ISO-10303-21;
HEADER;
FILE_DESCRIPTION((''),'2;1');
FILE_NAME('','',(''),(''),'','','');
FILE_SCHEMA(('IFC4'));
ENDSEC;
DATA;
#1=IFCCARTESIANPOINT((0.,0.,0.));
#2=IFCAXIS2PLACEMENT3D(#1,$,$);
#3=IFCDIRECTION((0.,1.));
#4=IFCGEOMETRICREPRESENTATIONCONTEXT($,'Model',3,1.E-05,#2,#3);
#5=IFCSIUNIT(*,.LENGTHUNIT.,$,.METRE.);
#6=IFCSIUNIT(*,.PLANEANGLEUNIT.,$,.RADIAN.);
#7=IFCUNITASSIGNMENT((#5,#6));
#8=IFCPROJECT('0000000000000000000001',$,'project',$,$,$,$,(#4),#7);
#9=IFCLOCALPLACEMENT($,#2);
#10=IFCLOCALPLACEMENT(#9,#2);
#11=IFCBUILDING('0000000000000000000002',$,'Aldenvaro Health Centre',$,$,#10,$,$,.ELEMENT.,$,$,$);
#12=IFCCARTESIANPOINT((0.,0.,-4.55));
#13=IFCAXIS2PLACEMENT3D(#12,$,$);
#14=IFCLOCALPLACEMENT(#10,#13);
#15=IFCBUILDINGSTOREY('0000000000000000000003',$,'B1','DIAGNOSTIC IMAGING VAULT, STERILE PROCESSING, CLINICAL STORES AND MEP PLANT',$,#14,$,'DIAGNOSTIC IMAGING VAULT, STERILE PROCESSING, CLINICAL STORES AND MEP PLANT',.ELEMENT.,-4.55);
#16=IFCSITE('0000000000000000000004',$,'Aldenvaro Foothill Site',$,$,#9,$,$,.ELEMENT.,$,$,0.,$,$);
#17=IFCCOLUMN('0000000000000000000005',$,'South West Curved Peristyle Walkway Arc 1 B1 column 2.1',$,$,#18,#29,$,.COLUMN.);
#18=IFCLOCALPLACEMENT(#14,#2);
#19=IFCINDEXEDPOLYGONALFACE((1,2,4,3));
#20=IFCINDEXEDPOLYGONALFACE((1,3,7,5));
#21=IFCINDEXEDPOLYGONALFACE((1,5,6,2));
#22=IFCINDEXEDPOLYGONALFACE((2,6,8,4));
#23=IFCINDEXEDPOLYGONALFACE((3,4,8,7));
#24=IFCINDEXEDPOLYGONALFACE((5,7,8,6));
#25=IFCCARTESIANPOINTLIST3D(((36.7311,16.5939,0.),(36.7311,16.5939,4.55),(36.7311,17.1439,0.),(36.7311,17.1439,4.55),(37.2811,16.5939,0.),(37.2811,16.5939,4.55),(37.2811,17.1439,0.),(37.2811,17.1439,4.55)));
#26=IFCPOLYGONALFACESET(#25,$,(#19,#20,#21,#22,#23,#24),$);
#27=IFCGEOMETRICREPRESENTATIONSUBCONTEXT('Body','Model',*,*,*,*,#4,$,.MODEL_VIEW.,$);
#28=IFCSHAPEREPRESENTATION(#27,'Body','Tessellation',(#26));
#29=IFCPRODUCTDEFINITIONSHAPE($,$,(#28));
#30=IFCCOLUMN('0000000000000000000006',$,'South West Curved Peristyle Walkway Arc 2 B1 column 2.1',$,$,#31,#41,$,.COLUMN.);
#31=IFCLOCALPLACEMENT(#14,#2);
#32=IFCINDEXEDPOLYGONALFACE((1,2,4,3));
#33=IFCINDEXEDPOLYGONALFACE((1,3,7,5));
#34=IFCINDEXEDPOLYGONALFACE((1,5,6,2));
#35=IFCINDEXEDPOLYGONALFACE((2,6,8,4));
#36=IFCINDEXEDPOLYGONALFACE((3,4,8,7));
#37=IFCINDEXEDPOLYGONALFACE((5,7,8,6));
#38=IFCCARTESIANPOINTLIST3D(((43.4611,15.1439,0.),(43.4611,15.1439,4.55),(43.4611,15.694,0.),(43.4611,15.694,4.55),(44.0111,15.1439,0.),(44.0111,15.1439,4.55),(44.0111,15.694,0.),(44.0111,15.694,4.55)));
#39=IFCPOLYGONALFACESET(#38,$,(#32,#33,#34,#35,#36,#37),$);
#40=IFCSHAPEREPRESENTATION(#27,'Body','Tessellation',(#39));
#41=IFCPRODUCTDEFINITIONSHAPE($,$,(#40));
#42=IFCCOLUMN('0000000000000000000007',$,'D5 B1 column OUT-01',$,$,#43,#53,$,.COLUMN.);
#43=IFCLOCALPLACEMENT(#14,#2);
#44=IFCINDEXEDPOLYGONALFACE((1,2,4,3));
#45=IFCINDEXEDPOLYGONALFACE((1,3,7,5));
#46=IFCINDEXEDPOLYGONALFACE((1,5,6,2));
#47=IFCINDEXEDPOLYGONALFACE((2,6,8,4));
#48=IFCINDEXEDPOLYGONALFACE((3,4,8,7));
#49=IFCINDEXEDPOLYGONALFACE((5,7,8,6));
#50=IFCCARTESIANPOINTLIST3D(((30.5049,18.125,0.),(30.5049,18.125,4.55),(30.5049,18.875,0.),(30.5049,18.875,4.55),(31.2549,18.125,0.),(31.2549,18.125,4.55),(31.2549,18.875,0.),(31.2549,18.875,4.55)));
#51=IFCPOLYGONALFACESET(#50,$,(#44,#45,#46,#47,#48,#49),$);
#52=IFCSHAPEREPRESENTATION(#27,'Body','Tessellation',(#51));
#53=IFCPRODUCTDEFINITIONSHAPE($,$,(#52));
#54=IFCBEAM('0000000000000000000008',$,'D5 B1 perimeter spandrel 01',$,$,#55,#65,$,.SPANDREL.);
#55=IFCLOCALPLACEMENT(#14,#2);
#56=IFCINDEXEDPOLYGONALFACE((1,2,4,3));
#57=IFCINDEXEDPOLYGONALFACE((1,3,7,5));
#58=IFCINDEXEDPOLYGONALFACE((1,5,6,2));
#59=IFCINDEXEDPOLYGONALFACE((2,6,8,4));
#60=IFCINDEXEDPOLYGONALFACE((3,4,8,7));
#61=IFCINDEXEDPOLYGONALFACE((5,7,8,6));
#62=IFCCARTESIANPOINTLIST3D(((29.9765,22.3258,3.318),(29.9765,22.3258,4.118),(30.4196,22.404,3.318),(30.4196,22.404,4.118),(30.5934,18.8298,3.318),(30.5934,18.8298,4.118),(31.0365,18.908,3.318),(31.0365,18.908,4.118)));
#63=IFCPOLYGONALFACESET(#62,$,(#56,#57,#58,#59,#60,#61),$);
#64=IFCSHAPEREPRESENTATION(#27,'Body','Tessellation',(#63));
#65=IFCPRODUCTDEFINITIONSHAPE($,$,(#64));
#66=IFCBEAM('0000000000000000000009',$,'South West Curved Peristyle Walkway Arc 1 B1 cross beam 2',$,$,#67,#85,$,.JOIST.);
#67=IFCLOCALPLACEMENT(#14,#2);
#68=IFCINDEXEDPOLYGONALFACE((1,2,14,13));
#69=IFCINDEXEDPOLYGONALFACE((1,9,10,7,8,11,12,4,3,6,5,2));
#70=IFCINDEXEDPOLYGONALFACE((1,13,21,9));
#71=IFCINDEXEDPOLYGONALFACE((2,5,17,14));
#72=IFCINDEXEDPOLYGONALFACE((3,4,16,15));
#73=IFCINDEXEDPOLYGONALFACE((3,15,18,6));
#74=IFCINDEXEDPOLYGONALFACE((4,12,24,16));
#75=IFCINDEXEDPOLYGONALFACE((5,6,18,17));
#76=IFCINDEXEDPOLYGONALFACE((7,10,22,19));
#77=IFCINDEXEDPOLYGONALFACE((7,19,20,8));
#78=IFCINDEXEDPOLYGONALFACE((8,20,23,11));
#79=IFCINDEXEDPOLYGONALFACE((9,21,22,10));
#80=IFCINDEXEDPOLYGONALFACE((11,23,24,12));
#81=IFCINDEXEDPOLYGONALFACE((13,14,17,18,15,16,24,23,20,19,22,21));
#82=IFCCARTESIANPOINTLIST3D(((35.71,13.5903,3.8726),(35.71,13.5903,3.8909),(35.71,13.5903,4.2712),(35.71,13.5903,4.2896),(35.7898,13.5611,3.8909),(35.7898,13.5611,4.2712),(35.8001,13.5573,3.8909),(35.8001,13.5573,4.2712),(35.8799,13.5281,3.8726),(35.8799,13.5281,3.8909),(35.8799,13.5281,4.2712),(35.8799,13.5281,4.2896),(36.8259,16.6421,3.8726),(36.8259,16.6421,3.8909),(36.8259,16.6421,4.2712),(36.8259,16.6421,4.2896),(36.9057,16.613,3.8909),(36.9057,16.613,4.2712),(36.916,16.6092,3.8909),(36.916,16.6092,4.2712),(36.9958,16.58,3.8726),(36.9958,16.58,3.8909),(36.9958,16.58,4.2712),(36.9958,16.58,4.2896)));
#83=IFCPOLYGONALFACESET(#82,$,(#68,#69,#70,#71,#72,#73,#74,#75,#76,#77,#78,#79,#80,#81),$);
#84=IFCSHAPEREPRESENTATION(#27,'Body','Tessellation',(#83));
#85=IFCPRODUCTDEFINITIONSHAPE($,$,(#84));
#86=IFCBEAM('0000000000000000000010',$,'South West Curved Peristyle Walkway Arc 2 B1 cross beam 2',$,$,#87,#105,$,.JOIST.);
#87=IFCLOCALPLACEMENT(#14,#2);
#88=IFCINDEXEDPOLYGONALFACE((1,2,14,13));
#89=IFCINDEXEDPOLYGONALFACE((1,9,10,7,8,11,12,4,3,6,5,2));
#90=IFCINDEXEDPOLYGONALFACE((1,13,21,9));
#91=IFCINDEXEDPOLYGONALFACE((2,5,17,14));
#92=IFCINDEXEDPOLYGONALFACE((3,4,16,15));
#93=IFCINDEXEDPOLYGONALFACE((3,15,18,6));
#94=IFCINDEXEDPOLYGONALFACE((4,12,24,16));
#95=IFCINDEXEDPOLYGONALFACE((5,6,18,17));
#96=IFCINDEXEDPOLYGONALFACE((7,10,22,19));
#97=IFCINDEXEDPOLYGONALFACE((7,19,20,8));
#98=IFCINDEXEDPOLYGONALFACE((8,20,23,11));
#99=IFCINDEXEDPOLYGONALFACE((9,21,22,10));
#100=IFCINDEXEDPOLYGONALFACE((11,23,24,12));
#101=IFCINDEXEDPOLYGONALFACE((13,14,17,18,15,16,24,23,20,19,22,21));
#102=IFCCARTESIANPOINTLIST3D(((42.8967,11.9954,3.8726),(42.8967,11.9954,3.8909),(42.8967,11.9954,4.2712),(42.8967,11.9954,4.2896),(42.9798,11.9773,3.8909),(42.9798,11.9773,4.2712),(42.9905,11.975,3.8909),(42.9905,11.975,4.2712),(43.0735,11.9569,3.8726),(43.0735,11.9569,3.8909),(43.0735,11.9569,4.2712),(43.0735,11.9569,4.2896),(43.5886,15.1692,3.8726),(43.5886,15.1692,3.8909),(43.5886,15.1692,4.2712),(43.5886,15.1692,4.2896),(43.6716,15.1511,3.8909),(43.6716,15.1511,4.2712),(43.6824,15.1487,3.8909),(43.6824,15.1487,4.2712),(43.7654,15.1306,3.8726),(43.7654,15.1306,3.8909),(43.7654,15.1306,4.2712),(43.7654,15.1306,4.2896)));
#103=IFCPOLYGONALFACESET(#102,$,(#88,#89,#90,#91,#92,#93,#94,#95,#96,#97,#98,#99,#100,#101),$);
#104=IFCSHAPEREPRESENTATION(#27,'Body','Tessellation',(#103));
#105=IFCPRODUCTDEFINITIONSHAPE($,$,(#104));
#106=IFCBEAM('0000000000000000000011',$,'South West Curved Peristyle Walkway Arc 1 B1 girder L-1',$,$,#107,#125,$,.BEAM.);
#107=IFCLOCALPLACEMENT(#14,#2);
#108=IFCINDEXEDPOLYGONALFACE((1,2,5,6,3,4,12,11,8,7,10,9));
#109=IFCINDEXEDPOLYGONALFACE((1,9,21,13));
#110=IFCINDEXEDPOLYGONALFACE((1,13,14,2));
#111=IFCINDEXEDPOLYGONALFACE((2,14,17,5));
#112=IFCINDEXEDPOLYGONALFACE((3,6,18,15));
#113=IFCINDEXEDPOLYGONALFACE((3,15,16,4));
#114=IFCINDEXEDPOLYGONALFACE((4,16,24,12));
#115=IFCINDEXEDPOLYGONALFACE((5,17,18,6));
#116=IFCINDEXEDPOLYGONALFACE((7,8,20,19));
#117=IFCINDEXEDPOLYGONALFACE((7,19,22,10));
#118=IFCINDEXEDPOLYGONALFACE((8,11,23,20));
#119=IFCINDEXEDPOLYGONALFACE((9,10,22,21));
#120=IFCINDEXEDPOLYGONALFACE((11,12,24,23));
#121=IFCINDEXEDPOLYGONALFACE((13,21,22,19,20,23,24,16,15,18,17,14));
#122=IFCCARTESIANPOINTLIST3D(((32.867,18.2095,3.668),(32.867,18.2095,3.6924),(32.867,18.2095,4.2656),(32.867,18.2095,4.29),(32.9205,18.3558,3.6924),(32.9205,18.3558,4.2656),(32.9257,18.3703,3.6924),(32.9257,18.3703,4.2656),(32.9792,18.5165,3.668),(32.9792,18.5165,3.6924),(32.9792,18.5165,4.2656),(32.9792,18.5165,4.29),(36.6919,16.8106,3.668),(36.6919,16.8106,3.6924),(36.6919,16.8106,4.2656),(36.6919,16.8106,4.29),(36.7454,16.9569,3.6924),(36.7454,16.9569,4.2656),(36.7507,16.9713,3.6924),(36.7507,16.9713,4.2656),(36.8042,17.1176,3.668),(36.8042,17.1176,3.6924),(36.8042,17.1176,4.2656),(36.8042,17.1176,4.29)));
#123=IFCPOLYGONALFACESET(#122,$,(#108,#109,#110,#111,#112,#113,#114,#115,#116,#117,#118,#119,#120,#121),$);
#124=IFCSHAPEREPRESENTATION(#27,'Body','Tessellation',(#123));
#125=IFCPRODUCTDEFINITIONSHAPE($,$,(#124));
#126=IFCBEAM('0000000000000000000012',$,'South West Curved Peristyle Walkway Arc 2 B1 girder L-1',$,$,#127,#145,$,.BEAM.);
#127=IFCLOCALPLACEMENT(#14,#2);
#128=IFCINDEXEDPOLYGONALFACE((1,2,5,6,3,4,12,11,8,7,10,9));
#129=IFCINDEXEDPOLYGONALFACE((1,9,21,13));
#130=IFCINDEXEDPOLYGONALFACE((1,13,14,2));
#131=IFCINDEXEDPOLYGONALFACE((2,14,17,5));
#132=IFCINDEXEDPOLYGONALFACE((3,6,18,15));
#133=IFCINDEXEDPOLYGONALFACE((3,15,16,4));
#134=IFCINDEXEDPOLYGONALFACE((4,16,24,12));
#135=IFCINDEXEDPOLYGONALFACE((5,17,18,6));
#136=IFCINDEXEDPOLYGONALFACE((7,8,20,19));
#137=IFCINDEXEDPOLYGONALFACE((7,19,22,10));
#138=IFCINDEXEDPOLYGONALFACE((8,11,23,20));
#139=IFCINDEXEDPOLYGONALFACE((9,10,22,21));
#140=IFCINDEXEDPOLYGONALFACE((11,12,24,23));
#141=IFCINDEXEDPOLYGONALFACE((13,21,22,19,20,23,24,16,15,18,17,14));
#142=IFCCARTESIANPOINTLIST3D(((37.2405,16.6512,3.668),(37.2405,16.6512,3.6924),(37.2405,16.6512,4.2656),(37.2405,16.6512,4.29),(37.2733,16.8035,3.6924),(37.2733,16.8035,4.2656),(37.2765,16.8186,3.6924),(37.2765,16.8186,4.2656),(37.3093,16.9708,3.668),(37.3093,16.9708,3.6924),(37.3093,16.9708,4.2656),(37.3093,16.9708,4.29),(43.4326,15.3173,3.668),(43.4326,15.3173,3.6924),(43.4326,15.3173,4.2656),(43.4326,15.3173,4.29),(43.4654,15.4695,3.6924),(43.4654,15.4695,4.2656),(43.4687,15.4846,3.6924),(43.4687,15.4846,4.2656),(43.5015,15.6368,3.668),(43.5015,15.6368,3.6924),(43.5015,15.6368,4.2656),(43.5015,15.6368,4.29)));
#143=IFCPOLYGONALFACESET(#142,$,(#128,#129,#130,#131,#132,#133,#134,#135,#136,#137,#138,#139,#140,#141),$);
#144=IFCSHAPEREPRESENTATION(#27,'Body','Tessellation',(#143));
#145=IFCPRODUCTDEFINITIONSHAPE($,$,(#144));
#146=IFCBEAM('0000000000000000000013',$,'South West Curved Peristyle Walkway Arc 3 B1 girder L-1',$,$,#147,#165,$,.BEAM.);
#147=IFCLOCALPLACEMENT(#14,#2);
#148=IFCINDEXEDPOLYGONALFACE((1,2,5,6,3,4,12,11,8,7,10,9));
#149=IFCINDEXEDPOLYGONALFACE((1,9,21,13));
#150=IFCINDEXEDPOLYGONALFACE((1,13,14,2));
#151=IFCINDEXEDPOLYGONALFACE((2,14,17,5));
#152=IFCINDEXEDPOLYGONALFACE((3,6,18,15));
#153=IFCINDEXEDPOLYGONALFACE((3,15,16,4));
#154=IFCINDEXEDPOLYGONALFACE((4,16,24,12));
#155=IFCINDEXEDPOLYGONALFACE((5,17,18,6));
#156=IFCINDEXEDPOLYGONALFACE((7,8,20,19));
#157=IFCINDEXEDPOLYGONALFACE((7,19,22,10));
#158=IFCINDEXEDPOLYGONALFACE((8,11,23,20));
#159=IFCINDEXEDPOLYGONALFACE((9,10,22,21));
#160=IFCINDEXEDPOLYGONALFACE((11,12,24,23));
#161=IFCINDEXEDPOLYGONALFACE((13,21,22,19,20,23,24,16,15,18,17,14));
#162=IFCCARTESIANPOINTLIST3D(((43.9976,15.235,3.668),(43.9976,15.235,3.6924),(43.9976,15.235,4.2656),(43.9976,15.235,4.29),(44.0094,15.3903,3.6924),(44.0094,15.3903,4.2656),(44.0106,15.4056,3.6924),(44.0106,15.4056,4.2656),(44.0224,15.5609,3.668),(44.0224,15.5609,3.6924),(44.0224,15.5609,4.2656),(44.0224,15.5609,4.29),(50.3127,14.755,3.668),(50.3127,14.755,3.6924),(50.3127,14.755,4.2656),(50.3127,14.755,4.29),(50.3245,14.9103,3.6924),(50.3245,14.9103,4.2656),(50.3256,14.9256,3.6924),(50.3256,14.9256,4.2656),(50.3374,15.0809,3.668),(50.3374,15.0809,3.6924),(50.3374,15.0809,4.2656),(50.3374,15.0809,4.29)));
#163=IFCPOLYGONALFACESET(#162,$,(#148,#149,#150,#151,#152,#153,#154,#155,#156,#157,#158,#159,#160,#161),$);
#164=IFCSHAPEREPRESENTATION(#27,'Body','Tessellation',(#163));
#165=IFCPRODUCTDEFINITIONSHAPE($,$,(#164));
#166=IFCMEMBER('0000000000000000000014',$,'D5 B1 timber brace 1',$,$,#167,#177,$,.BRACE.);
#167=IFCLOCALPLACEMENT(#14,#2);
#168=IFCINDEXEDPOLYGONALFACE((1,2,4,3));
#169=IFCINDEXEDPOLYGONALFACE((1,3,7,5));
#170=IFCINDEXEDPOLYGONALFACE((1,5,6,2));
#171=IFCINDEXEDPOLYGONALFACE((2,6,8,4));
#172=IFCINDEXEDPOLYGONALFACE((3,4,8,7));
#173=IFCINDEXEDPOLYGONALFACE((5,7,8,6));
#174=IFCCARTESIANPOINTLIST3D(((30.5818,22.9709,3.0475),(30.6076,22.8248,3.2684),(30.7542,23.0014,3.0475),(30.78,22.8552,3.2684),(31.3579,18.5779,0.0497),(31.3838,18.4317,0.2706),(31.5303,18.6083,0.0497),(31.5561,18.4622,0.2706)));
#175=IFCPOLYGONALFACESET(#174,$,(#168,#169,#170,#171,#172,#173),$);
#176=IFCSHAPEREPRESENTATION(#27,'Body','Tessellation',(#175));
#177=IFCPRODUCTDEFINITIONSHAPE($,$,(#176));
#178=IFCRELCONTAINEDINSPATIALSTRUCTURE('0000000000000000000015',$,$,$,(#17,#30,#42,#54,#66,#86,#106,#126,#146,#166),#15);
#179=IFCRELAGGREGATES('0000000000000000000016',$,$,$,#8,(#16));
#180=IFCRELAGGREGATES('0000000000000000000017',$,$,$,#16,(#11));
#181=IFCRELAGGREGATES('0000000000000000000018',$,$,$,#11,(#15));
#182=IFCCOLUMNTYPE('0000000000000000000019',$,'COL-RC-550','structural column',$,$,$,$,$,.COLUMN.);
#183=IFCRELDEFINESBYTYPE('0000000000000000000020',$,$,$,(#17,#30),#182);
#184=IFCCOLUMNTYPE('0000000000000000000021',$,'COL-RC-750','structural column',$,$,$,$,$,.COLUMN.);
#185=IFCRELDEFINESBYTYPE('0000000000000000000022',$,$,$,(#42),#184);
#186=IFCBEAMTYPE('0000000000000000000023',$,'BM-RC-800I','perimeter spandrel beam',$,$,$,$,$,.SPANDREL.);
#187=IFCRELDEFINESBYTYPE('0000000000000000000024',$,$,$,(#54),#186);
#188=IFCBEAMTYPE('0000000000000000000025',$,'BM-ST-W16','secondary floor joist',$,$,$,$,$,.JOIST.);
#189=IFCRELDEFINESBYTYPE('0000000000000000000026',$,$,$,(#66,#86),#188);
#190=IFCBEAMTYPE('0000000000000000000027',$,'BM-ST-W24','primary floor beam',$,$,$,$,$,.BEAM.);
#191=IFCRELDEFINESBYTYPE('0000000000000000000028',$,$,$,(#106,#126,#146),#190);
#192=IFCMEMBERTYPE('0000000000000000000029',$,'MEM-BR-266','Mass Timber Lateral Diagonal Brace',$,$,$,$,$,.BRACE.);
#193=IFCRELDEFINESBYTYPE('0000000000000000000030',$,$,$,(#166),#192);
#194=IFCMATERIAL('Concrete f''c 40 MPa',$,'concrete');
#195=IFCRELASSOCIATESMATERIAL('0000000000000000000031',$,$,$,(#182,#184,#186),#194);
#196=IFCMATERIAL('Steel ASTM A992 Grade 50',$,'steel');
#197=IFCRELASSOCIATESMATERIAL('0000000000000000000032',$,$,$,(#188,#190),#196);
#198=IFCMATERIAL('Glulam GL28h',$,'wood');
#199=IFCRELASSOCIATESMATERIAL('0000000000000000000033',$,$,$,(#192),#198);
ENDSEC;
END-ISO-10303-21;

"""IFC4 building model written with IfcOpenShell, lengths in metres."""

from ifc_helpers import new_model, si_unit, direction, frame, origin, origin_2d, place, context, subcontext, project, spatial, rectangle, i_section, extrude, material, material_profile, profile_set, type_object, element, save


model = new_model("IFC4")

# Units and contexts
model_context = context("Model", 3, precision=1e-05, world=origin(), true_north=direction((0.0, 1.0)))
body_context = subcontext(model_context, "Body", "Model", "MODEL_VIEW")
ifc_project = project(units=[si_unit("LENGTHUNIT", "METRE"), si_unit("PLANEANGLEUNIT", "RADIAN")], contexts=[model_context])

# Site, building, storey
site_placement = place(None, origin())
site = spatial("IfcSite", under=ifc_project, at=site_placement, Name="Aldenvaro Foothill Site", CompositionType="ELEMENT", RefElevation=0.0)
building_placement = place(site_placement, origin())
building = spatial("IfcBuilding", under=site, at=building_placement, Name="Aldenvaro Health Centre", CompositionType="ELEMENT")
storey_placement = place(building_placement, frame((0.0, 0.0, -4.55)))
storey = spatial("IfcBuildingStorey", under=building, at=storey_placement, Name="B1", Description="DIAGNOSTIC IMAGING VAULT, STERILE PROCESSING, CLINICAL STORES AND MEP PLANT", LongName="DIAGNOSTIC IMAGING VAULT, STERILE PROCESSING, CLINICAL STORES AND MEP PLANT", CompositionType="ELEMENT", Elevation=-4.55)

# Shared definitions
ifc_material_1 = material(Name="Concrete f'c 40 MPa", Category="concrete")

# Columns
ifc_material_profile_1 = material_profile(ifc_material_1, rectangle(XDim=0.55, YDim=0.55, at=origin_2d()), Name="RC 550x550", Category="concrete")
ifc_profile_set_1 = profile_set([ifc_material_profile_1], Name="Concrete f'c 40 MPa")
column_type_1 = type_object("IfcColumnType", Name="COL-RC-550", Description="structural column", PredefinedType="COLUMN", material=ifc_profile_set_1)
for number, where, z_axis, x_axis, name in (
    (1, (37.0061, 16.8689, 0.0), (0.0, 0.0, 1.0), (1.0, 0.0, 0.0), "South West Curved Peristyle Walkway Arc 1 B1 column 2.1"),
    (2, (43.7361, 15.4189, 0.0), (0.0, 0.0, 1.0), (1.0, 0.0, 0.0), "South West Curved Peristyle Walkway Arc 2 B1 column 2.1"),
):
    element("IfcColumn", number, at=place(storey_placement, frame(where, z_axis=z_axis, x_axis=x_axis)), inside=storey, type_object=column_type_1, Name=name, PredefinedType="COLUMN", context=body_context, shape_type="SweptSolid", body=[
        extrude(rectangle(XDim=0.55, YDim=0.55, at=origin_2d()), origin(), (0.0, 0.0, 1.0), 4.55),
    ])
ifc_material_profile_2 = material_profile(ifc_material_1, rectangle(XDim=0.75, YDim=0.75, at=origin_2d()), Name="RC 750x750", Category="concrete")
ifc_profile_set_2 = profile_set([ifc_material_profile_2], Name="Concrete f'c 40 MPa")
column_type_2 = type_object("IfcColumnType", Name="COL-RC-750", Description="structural column", PredefinedType="COLUMN", material=ifc_profile_set_2)
column_placement = place(storey_placement, frame((30.8799, 18.5, 0.0), z_axis=(0.0, 0.0, 1.0), x_axis=(1.0, 0.0, 0.0)))
element("IfcColumn", 3, at=column_placement, inside=storey, type_object=column_type_2, Name="D5 B1 column OUT-01", PredefinedType="COLUMN", context=body_context, shape_type="SweptSolid", body=[
    extrude(rectangle(XDim=0.75, YDim=0.75, at=origin_2d()), origin(), (0.0, 0.0, 1.0), 4.55),
])

# Beams
ifc_material_profile_3 = material_profile(ifc_material_1, rectangle(XDim=0.45, YDim=0.8, at=origin_2d()), Name="RC 450x800", Category="concrete")
ifc_profile_set_3 = profile_set([ifc_material_profile_3], Name="Concrete f'c 40 MPa")
beam_type_1 = type_object("IfcBeamType", Name="BM-RC-800I", Description="perimeter spandrel beam", PredefinedType="SPANDREL", material=ifc_profile_set_3)
beam_1_placement = place(storey_placement, frame((30.8149, 18.8689, 3.718), z_axis=(-0.173781, 0.984784, 0.0), x_axis=(-0.984784, -0.173781, 0.0)))
element("IfcBeam", 4, at=beam_1_placement, inside=storey, type_object=beam_type_1, Name="D5 B1 perimeter spandrel 01", PredefinedType="SPANDREL", context=body_context, shape_type="SweptSolid", body=[
    extrude(rectangle(XDim=0.45, YDim=0.8, at=origin_2d()), origin(), (0.0, 0.0, 1.0), 3.55),
])
ifc_material_2 = material(Name="Steel ASTM A992 Grade 50", Category="steel")
ifc_material_profile_4 = material_profile(ifc_material_2, i_section(OverallWidth=0.1809, OverallDepth=0.417, WebThickness=0.011, FlangeThickness=0.0183, at=origin_2d()), Name="W16X57", Category="steel")
ifc_profile_set_4 = profile_set([ifc_material_profile_4], Name="Steel ASTM A992 Grade 50")
beam_type_2 = type_object("IfcBeamType", Name="BM-ST-W16", Description="secondary floor joist", PredefinedType="JOIST", material=ifc_profile_set_4)
beam_2_placement = place(storey_placement, frame((36.9109, 16.6111, 4.0811), z_axis=(-0.343413, -0.939184, 0.0), x_axis=(0.939184, -0.343413, 0.0)))
element("IfcBeam", 5, at=beam_2_placement, inside=storey, type_object=beam_type_2, Name="South West Curved Peristyle Walkway Arc 1 B1 cross beam 2", PredefinedType="JOIST", context=body_context, shape_type="SweptSolid", body=[
    extrude(i_section(OverallWidth=0.1809, OverallDepth=0.417, WebThickness=0.011, FlangeThickness=0.0183, at=origin_2d()), origin(), (0.0, 0.0, 1.0), 3.2495),
])
beam_3_placement = place(storey_placement, frame((43.677, 15.1499, 4.0811), z_axis=(-0.212997, -0.977053, 0.0), x_axis=(0.977053, -0.212997, 0.0)))
element("IfcBeam", 6, at=beam_3_placement, inside=storey, type_object=beam_type_2, Name="South West Curved Peristyle Walkway Arc 2 B1 cross beam 2", PredefinedType="JOIST", context=body_context, shape_type="SweptSolid", body=[
    extrude(i_section(OverallWidth=0.1809, OverallDepth=0.417, WebThickness=0.011, FlangeThickness=0.0183, at=origin_2d()), origin(), (0.0, 0.0, 1.0), 3.2483),
])
ifc_material_profile_5 = material_profile(ifc_material_2, i_section(OverallWidth=0.3269, OverallDepth=0.6221, WebThickness=0.0154, FlangeThickness=0.0244, at=origin_2d()), Name="W24X131", Category="steel")
ifc_profile_set_5 = profile_set([ifc_material_profile_5], Name="Steel ASTM A992 Grade 50")
beam_type_3 = type_object("IfcBeamType", Name="BM-ST-W24", Description="primary floor beam", PredefinedType="BEAM", material=ifc_profile_set_5)
beam_4_placement = place(storey_placement, frame((32.9231, 18.363, 3.979), z_axis=(0.939158, -0.343485, 0.0), x_axis=(0.343485, 0.939158, 0.0)))
element("IfcBeam", 7, at=beam_4_placement, inside=storey, type_object=beam_type_3, Name="South West Curved Peristyle Walkway Arc 1 B1 girder L-1", PredefinedType="BEAM", context=body_context, shape_type="SweptSolid", body=[
    extrude(i_section(OverallWidth=0.3269, OverallDepth=0.6221, WebThickness=0.0154, FlangeThickness=0.0244, at=origin_2d()), origin(), (0.0, 0.0, 1.0), 4.0728),
])
beam_5_placement = place(storey_placement, frame((37.2749, 16.811, 3.979), z_axis=(0.977572, -0.2106, 0.0), x_axis=(0.2106, 0.977572, 0.0)))
element("IfcBeam", 8, at=beam_5_placement, inside=storey, type_object=beam_type_3, Name="South West Curved Peristyle Walkway Arc 2 B1 girder L-1", PredefinedType="BEAM", context=body_context, shape_type="SweptSolid", body=[
    extrude(i_section(OverallWidth=0.3269, OverallDepth=0.6221, WebThickness=0.0154, FlangeThickness=0.0244, at=origin_2d()), origin(), (0.0, 0.0, 1.0), 6.3342),
])
beam_6_placement = place(storey_placement, frame((44.01, 15.3979, 3.979), z_axis=(0.997124, -0.075789, 0.0), x_axis=(0.075789, 0.997124, 0.0)))
element("IfcBeam", 9, at=beam_6_placement, inside=storey, type_object=beam_type_3, Name="South West Curved Peristyle Walkway Arc 3 B1 girder L-1", PredefinedType="BEAM", context=body_context, shape_type="SweptSolid", body=[
    extrude(i_section(OverallWidth=0.3269, OverallDepth=0.6221, WebThickness=0.0154, FlangeThickness=0.0244, at=origin_2d()), origin(), (0.0, 0.0, 1.0), 6.3333),
])

# Member
ifc_material_3 = material(Name="Glulam GL28h", Category="wood")
ifc_material_profile_6 = material_profile(ifc_material_3, rectangle(XDim=0.175, YDim=0.2661, at=origin_2d()), Name="GL 175x266", Category="wood")
ifc_profile_set_6 = profile_set([ifc_material_profile_6], Name="Glulam GL28h")
member_type = type_object("IfcMemberType", Name="MEM-BR-266", Description="Mass Timber Lateral Diagonal Brace", PredefinedType="BRACE", material=ifc_profile_set_6)
member_placement = place(storey_placement, frame((31.457, 18.52, 0.1602), z_axis=(-0.144401, 0.817349, 0.557754), x_axis=(-0.98475, -0.173976, 0.0)))
element("IfcMember", 10, at=member_placement, inside=storey, type_object=member_type, Name="D5 B1 timber brace 1", PredefinedType="BRACE", context=body_context, shape_type="SweptSolid", body=[
    extrude(rectangle(XDim=0.175, YDim=0.2661, at=origin_2d()), origin(), (0.0, 0.0, 1.0), 5.3748),
])

save(model, "model.ifc")
